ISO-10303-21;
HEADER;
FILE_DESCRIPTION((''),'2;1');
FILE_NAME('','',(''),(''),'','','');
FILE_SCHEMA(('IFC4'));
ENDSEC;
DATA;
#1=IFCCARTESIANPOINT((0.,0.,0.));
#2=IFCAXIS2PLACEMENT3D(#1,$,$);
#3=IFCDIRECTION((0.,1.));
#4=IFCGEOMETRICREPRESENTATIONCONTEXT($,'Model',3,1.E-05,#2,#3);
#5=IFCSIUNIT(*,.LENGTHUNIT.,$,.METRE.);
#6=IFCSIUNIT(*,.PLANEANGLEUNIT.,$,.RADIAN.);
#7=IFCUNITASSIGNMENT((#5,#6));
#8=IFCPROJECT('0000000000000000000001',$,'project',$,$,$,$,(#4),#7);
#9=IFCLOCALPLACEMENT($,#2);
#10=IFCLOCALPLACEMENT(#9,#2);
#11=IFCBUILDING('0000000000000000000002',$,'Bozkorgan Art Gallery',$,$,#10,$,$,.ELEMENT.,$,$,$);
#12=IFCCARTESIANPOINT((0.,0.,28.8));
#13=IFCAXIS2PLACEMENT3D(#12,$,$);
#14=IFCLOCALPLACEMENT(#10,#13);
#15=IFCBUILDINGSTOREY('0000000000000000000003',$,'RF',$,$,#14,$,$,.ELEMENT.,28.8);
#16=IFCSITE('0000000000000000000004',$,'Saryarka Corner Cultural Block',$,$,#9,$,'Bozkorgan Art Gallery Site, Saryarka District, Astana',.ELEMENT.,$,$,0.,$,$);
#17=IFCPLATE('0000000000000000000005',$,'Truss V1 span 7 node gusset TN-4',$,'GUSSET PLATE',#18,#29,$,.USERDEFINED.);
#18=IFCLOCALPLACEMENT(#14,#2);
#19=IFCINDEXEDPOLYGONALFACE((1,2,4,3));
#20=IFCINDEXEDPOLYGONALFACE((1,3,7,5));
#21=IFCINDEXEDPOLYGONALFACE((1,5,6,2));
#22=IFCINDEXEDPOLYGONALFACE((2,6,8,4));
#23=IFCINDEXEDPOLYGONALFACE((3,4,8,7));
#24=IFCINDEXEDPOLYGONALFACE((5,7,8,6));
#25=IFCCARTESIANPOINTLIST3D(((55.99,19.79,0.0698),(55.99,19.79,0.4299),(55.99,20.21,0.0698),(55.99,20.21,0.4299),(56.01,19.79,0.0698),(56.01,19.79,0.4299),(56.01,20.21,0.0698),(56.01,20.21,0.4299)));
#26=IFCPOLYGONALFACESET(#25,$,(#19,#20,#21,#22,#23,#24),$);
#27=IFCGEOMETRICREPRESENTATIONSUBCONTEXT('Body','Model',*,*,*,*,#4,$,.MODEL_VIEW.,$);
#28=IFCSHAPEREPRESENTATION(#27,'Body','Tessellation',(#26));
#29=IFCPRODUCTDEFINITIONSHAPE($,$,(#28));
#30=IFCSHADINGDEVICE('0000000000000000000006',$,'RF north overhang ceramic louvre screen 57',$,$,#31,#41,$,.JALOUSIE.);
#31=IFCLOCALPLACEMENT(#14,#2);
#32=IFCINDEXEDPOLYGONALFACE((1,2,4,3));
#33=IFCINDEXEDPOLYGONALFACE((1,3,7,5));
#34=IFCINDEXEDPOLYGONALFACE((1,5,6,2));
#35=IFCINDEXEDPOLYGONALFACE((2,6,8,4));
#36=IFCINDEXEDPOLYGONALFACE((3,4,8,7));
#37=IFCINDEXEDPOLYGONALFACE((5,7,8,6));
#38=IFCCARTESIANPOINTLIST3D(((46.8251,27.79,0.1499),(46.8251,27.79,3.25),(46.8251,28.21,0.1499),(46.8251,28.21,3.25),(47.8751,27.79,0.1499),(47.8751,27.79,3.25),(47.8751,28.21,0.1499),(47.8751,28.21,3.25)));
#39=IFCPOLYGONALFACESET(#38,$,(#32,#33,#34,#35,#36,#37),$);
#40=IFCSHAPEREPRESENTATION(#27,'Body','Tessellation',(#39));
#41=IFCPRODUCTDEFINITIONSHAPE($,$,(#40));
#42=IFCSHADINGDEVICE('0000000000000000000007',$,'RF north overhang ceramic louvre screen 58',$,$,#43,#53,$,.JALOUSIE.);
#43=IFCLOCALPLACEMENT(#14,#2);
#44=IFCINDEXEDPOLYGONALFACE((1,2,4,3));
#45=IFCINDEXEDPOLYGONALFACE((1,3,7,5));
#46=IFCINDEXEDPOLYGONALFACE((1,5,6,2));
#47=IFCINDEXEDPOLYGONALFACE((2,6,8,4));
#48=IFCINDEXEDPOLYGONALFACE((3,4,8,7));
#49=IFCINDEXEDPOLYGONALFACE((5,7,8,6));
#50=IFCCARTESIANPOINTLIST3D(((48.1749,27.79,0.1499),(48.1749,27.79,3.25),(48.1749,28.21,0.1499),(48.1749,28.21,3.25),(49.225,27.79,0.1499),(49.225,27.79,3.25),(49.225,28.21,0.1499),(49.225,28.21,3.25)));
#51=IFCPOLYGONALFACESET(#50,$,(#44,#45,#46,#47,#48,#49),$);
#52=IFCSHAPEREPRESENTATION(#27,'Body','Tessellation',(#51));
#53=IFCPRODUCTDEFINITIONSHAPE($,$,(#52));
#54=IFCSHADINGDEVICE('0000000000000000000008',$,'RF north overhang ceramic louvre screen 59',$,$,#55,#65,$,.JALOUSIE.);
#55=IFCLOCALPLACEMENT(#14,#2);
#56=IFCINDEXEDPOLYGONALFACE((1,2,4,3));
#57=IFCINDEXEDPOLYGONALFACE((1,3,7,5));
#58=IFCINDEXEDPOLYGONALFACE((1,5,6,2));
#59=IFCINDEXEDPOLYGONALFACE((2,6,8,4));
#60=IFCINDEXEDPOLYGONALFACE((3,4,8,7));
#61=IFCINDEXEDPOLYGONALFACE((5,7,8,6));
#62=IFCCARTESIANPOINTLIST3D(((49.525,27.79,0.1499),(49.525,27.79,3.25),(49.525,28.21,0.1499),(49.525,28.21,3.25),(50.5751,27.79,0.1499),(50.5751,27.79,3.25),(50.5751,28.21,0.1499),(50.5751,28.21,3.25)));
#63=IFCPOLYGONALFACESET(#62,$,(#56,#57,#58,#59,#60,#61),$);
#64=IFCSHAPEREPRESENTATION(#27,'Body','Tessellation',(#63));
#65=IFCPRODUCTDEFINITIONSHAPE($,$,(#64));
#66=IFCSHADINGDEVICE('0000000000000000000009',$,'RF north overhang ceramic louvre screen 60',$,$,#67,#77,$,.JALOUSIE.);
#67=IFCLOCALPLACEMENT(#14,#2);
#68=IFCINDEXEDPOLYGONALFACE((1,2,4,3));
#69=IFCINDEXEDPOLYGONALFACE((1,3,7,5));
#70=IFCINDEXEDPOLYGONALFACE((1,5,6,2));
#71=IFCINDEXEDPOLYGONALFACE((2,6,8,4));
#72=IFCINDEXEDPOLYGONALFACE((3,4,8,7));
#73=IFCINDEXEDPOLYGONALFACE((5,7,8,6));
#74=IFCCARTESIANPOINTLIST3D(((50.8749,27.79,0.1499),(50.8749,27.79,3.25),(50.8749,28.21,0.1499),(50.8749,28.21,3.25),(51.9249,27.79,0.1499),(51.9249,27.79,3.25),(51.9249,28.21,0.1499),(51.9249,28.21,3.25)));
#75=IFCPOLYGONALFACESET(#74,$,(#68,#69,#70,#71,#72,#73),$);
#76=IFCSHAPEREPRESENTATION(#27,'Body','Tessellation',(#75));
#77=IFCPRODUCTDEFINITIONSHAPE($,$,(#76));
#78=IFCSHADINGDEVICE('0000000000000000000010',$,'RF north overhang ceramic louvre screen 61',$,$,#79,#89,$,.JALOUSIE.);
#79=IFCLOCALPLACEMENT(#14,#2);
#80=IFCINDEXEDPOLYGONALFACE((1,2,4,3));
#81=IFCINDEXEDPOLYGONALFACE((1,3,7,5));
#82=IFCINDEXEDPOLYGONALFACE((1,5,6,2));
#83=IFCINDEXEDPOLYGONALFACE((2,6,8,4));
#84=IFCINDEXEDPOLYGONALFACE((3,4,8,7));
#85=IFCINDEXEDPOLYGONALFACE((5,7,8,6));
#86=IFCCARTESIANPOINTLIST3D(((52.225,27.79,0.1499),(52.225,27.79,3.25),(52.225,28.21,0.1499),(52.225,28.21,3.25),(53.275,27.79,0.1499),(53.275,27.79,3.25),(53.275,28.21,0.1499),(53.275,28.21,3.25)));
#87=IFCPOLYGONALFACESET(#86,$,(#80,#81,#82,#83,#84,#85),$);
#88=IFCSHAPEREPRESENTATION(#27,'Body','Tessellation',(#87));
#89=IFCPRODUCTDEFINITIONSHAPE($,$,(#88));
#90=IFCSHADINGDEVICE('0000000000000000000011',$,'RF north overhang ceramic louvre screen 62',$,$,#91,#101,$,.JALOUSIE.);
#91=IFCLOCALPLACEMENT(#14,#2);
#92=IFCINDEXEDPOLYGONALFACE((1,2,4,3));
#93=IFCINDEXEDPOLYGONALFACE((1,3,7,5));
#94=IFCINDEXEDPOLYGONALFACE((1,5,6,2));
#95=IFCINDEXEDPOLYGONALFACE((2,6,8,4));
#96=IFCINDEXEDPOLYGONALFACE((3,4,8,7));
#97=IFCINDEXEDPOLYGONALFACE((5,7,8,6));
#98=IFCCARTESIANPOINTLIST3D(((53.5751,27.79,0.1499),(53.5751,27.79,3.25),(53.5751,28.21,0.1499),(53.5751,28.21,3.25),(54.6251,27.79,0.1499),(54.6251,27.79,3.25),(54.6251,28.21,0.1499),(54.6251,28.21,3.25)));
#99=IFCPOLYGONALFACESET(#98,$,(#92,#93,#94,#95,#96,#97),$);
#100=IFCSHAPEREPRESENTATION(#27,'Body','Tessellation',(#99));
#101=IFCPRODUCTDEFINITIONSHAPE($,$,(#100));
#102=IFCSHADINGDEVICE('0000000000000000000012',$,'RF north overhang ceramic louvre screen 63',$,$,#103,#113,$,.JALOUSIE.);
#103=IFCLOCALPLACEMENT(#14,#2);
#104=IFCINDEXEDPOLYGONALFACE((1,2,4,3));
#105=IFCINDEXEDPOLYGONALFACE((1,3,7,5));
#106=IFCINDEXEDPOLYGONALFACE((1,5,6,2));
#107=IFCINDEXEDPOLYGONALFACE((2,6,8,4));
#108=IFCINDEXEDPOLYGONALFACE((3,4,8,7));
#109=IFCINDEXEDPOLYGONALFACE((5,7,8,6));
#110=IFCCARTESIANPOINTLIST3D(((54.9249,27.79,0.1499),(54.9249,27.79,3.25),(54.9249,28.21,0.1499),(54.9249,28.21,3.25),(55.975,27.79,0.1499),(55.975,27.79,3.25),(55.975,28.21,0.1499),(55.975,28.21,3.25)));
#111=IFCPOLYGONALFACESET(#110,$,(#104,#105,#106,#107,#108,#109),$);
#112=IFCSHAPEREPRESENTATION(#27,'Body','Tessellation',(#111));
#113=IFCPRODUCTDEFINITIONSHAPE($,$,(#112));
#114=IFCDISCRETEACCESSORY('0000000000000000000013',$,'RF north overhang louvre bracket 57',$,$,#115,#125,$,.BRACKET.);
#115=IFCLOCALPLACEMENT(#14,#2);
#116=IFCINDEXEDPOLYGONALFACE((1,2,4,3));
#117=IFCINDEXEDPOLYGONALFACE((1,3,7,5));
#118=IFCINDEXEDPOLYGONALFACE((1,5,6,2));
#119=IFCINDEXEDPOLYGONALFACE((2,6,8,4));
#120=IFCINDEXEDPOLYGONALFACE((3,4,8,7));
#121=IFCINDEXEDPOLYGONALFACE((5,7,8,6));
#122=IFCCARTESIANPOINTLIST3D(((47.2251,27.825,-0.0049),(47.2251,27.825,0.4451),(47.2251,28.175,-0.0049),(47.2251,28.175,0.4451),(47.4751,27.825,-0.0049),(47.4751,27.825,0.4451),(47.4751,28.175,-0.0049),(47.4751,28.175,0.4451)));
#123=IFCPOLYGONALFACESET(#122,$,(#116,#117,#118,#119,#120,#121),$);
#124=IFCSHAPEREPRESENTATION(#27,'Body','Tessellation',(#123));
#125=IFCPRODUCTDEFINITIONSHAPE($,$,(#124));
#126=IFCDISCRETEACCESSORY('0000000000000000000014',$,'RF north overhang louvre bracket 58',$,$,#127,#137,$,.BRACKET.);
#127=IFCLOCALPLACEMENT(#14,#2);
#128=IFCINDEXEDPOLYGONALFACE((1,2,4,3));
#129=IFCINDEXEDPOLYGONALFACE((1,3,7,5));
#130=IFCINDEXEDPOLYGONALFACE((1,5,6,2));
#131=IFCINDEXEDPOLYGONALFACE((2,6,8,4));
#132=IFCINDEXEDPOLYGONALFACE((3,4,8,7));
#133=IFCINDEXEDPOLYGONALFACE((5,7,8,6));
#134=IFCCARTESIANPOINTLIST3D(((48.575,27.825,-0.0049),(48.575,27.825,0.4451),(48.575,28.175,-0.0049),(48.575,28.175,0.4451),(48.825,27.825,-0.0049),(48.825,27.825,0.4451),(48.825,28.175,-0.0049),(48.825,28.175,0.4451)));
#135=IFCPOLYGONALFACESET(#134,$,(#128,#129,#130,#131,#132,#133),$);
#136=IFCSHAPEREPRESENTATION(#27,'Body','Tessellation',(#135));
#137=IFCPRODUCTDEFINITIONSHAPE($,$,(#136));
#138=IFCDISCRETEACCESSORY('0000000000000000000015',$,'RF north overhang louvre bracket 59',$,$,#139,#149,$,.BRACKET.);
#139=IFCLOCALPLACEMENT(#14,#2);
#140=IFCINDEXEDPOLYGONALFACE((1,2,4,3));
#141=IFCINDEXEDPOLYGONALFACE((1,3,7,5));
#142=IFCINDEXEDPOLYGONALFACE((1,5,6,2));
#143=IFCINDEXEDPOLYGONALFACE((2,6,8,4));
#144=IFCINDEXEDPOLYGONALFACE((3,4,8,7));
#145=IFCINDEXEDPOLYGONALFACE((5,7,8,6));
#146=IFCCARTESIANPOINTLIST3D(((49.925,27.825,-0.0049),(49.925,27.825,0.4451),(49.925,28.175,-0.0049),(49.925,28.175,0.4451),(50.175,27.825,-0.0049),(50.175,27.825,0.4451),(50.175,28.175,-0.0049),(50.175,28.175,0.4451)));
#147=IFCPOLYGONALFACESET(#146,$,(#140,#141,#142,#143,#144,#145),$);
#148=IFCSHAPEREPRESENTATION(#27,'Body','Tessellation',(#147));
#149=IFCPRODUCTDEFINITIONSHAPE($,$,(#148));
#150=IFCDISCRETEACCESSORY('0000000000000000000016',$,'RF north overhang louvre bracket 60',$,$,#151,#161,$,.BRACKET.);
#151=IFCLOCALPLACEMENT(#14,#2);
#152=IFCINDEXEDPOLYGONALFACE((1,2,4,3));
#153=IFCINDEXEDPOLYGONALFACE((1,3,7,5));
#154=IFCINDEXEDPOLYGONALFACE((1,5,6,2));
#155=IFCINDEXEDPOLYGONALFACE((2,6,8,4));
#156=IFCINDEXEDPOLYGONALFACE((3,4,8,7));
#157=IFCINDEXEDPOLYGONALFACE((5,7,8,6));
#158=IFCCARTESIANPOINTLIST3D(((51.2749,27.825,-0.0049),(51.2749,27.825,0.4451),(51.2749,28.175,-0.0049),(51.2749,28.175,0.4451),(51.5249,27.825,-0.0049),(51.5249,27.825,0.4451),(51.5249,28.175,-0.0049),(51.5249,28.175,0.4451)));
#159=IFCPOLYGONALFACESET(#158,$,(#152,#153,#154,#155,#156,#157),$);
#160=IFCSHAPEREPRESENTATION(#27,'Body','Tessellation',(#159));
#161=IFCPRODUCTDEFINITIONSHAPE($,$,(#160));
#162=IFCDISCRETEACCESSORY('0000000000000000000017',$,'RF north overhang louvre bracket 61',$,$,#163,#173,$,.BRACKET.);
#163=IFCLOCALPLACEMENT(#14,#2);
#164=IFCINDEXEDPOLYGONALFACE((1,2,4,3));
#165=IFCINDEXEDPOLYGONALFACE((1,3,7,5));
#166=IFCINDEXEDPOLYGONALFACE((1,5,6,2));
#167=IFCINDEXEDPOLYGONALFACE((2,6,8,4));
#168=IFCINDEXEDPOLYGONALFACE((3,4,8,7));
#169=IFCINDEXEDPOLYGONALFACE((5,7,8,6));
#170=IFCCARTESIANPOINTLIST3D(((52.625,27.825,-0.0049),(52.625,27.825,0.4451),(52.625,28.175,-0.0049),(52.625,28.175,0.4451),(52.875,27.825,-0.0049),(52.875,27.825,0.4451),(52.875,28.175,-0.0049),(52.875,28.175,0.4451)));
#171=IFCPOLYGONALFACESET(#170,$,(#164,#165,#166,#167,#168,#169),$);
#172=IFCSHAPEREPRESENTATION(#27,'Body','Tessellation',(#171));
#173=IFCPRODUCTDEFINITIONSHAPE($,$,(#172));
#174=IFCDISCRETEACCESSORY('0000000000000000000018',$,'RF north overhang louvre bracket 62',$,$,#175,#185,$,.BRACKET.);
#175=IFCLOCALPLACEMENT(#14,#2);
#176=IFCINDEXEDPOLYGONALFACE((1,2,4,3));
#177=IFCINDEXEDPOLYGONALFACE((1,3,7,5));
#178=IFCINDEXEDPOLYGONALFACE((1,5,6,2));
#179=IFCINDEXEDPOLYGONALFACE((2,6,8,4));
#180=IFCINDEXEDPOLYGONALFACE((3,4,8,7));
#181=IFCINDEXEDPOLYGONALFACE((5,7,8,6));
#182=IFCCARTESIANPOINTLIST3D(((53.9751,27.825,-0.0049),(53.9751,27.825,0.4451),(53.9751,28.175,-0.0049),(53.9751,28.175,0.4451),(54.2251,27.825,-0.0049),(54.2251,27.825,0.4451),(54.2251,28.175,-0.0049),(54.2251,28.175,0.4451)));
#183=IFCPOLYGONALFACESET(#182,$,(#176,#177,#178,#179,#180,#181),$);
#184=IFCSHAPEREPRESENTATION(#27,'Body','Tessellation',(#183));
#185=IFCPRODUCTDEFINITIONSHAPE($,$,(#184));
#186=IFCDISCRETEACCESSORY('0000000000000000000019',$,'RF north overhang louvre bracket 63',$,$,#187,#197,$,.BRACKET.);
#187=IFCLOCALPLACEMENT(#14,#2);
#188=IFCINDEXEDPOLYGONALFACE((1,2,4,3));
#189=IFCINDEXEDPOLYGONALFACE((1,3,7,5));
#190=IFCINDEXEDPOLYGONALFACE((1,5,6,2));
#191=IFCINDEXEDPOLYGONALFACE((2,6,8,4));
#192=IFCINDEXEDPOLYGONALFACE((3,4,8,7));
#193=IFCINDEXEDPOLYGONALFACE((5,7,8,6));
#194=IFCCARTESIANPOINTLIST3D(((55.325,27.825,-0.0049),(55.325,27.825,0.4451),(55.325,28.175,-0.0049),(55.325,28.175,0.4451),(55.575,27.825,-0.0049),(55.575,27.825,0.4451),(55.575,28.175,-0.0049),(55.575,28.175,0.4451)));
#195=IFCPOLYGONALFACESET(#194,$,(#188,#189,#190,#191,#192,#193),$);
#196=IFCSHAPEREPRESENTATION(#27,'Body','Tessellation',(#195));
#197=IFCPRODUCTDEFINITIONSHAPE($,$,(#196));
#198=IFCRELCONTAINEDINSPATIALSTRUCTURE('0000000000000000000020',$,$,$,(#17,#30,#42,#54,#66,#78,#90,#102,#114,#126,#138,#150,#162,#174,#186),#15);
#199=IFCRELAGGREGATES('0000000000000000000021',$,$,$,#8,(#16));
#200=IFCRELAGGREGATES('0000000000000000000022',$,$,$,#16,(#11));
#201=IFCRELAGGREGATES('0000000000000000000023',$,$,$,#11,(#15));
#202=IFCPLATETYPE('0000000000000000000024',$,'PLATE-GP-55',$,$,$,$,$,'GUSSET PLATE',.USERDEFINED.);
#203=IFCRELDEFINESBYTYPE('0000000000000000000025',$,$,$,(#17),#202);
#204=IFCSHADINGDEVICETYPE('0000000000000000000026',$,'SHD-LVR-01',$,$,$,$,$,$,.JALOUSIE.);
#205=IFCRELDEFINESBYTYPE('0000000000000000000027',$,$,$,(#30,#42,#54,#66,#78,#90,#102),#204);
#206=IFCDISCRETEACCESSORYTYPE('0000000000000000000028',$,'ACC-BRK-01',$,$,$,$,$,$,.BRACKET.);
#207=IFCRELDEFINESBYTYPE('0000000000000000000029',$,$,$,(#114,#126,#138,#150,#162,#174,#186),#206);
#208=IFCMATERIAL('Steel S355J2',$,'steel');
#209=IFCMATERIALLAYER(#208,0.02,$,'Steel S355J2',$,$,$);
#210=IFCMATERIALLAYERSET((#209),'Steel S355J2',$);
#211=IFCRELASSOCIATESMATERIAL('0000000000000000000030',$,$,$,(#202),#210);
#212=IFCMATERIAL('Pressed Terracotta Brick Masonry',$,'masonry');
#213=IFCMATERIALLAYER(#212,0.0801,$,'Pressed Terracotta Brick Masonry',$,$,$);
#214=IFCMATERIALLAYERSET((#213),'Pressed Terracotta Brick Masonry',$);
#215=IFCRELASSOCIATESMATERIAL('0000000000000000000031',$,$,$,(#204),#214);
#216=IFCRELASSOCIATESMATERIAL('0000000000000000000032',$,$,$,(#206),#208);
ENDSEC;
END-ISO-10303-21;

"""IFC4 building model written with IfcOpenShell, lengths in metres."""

from ifc_helpers import new_model, si_unit, direction, frame, origin, origin_2d, place, context, subcontext, project, spatial, rectangle, extrude, material, layer, layer_set, type_object, element, save


model = new_model("IFC4")

# Units and contexts
model_context = context("Model", 3, precision=1e-05, world=origin(), true_north=direction((0.0, 1.0)))
body_context = subcontext(model_context, "Body", "Model", "MODEL_VIEW")
ifc_project = project(units=[si_unit("LENGTHUNIT", "METRE"), si_unit("PLANEANGLEUNIT", "RADIAN")], contexts=[model_context])

# Site, building, storey
site_placement = place(None, origin())
site = spatial("IfcSite", under=ifc_project, at=site_placement, Name="Saryarka Corner Cultural Block", LongName="Bozkorgan Art Gallery Site, Saryarka District, Astana", CompositionType="ELEMENT", RefElevation=0.0)
building_placement = place(site_placement, origin())
building = spatial("IfcBuilding", under=site, at=building_placement, Name="Bozkorgan Art Gallery", CompositionType="ELEMENT")
storey_placement = place(building_placement, frame((0.0, 0.0, 28.8)))
storey = spatial("IfcBuildingStorey", under=building, at=storey_placement, Name="RF", CompositionType="ELEMENT", Elevation=28.8)

# Shared definitions
ifc_material_1 = material(Name="Steel S355J2", Category="steel")

# Plate
ifc_layer_1 = layer(ifc_material_1, 0.02, Name="Steel S355J2")
ifc_layer_set_1 = layer_set([ifc_layer_1], Name="Steel S355J2")
plate_type_1 = type_object("IfcPlateType", Name="PLATE-GP-55", ElementType="GUSSET PLATE", PredefinedType="USERDEFINED", material=ifc_layer_set_1)
plate_1_placement = place(storey_placement, frame((56.0, 20.0, 0.0698), z_axis=(0.0, 0.0, 1.0), x_axis=(1.0, 0.0, 0.0)))
element("IfcPlate", 1, at=plate_1_placement, inside=storey, type_object=plate_type_1, Name="Truss V1 span 7 node gusset TN-4", ObjectType="GUSSET PLATE", PredefinedType="USERDEFINED", context=body_context, shape_type="SweptSolid", body=[
    extrude(rectangle(XDim=0.02, YDim=0.4199, at=origin_2d()), origin(), (0.0, 0.0, 1.0), 0.3601),
])

# Shading devices
ifc_material_2 = material(Name="Pressed Terracotta Brick Masonry", Category="masonry")
ifc_layer_2 = layer(ifc_material_2, 0.0801, Name="Pressed Terracotta Brick Masonry")
ifc_layer_set_2 = layer_set([ifc_layer_2], Name="Pressed Terracotta Brick Masonry")
shading_device_type = type_object("IfcShadingDeviceType", Name="SHD-LVR-01", PredefinedType="JALOUSIE", material=ifc_layer_set_2)
for number, where, z_axis, x_axis, name in (
    (2, (47.3501, 28.0, 0.1499), (0.0, 0.0, 1.0), (1.0, 0.0, 0.0), "RF north overhang ceramic louvre screen 57"),
    (3, (48.7, 28.0, 0.1499), (0.0, 0.0, 1.0), (1.0, 0.0, 0.0), "RF north overhang ceramic louvre screen 58"),
    (4, (50.05, 28.0, 0.1499), (0.0, 0.0, 1.0), (1.0, 0.0, 0.0), "RF north overhang ceramic louvre screen 59"),
    (5, (51.3999, 28.0, 0.1499), (0.0, 0.0, 1.0), (1.0, 0.0, 0.0), "RF north overhang ceramic louvre screen 60"),
    (6, (52.75, 28.0, 0.1499), (0.0, 0.0, 1.0), (1.0, 0.0, 0.0), "RF north overhang ceramic louvre screen 61"),
    (7, (54.1001, 28.0, 0.1499), (0.0, 0.0, 1.0), (1.0, 0.0, 0.0), "RF north overhang ceramic louvre screen 62"),
    (8, (55.45, 28.0, 0.1499), (0.0, 0.0, 1.0), (1.0, 0.0, 0.0), "RF north overhang ceramic louvre screen 63"),
):
    element("IfcShadingDevice", number, at=place(storey_placement, frame(where, z_axis=z_axis, x_axis=x_axis)), inside=storey, type_object=shading_device_type, Name=name, PredefinedType="JALOUSIE", context=body_context, shape_type="SweptSolid", body=[
        extrude(rectangle(XDim=1.05, YDim=0.4199, at=origin_2d()), origin(), (0.0, 0.0, 1.0), 3.1001),
    ])

# Discrete accessories
discrete_accessory_type = type_object("IfcDiscreteAccessoryType", Name="ACC-BRK-01", PredefinedType="BRACKET", material=ifc_material_1)
for number, where, z_axis, x_axis, name in (
    (9, (47.3501, 28.0, -0.0049), (0.0, 0.0, 1.0), (1.0, 0.0, 0.0), "RF north overhang louvre bracket 57"),
    (10, (48.7, 28.0, -0.0049), (0.0, 0.0, 1.0), (1.0, 0.0, 0.0), "RF north overhang louvre bracket 58"),
    (11, (50.05, 28.0, -0.0049), (0.0, 0.0, 1.0), (1.0, 0.0, 0.0), "RF north overhang louvre bracket 59"),
    (12, (51.3999, 28.0, -0.0049), (0.0, 0.0, 1.0), (1.0, 0.0, 0.0), "RF north overhang louvre bracket 60"),
    (13, (52.75, 28.0, -0.0049), (0.0, 0.0, 1.0), (1.0, 0.0, 0.0), "RF north overhang louvre bracket 61"),
    (14, (54.1001, 28.0, -0.0049), (0.0, 0.0, 1.0), (1.0, 0.0, 0.0), "RF north overhang louvre bracket 62"),
    (15, (55.45, 28.0, -0.0049), (0.0, 0.0, 1.0), (1.0, 0.0, 0.0), "RF north overhang louvre bracket 63"),
):
    element("IfcDiscreteAccessory", number, at=place(storey_placement, frame(where, z_axis=z_axis, x_axis=x_axis)), inside=storey, type_object=discrete_accessory_type, Name=name, PredefinedType="BRACKET", context=body_context, shape_type="SweptSolid", body=[
        extrude(rectangle(XDim=0.25, YDim=0.3501, at=origin_2d()), origin(), (0.0, 0.0, 1.0), 0.45),
    ])

save(model, "model.ifc")
